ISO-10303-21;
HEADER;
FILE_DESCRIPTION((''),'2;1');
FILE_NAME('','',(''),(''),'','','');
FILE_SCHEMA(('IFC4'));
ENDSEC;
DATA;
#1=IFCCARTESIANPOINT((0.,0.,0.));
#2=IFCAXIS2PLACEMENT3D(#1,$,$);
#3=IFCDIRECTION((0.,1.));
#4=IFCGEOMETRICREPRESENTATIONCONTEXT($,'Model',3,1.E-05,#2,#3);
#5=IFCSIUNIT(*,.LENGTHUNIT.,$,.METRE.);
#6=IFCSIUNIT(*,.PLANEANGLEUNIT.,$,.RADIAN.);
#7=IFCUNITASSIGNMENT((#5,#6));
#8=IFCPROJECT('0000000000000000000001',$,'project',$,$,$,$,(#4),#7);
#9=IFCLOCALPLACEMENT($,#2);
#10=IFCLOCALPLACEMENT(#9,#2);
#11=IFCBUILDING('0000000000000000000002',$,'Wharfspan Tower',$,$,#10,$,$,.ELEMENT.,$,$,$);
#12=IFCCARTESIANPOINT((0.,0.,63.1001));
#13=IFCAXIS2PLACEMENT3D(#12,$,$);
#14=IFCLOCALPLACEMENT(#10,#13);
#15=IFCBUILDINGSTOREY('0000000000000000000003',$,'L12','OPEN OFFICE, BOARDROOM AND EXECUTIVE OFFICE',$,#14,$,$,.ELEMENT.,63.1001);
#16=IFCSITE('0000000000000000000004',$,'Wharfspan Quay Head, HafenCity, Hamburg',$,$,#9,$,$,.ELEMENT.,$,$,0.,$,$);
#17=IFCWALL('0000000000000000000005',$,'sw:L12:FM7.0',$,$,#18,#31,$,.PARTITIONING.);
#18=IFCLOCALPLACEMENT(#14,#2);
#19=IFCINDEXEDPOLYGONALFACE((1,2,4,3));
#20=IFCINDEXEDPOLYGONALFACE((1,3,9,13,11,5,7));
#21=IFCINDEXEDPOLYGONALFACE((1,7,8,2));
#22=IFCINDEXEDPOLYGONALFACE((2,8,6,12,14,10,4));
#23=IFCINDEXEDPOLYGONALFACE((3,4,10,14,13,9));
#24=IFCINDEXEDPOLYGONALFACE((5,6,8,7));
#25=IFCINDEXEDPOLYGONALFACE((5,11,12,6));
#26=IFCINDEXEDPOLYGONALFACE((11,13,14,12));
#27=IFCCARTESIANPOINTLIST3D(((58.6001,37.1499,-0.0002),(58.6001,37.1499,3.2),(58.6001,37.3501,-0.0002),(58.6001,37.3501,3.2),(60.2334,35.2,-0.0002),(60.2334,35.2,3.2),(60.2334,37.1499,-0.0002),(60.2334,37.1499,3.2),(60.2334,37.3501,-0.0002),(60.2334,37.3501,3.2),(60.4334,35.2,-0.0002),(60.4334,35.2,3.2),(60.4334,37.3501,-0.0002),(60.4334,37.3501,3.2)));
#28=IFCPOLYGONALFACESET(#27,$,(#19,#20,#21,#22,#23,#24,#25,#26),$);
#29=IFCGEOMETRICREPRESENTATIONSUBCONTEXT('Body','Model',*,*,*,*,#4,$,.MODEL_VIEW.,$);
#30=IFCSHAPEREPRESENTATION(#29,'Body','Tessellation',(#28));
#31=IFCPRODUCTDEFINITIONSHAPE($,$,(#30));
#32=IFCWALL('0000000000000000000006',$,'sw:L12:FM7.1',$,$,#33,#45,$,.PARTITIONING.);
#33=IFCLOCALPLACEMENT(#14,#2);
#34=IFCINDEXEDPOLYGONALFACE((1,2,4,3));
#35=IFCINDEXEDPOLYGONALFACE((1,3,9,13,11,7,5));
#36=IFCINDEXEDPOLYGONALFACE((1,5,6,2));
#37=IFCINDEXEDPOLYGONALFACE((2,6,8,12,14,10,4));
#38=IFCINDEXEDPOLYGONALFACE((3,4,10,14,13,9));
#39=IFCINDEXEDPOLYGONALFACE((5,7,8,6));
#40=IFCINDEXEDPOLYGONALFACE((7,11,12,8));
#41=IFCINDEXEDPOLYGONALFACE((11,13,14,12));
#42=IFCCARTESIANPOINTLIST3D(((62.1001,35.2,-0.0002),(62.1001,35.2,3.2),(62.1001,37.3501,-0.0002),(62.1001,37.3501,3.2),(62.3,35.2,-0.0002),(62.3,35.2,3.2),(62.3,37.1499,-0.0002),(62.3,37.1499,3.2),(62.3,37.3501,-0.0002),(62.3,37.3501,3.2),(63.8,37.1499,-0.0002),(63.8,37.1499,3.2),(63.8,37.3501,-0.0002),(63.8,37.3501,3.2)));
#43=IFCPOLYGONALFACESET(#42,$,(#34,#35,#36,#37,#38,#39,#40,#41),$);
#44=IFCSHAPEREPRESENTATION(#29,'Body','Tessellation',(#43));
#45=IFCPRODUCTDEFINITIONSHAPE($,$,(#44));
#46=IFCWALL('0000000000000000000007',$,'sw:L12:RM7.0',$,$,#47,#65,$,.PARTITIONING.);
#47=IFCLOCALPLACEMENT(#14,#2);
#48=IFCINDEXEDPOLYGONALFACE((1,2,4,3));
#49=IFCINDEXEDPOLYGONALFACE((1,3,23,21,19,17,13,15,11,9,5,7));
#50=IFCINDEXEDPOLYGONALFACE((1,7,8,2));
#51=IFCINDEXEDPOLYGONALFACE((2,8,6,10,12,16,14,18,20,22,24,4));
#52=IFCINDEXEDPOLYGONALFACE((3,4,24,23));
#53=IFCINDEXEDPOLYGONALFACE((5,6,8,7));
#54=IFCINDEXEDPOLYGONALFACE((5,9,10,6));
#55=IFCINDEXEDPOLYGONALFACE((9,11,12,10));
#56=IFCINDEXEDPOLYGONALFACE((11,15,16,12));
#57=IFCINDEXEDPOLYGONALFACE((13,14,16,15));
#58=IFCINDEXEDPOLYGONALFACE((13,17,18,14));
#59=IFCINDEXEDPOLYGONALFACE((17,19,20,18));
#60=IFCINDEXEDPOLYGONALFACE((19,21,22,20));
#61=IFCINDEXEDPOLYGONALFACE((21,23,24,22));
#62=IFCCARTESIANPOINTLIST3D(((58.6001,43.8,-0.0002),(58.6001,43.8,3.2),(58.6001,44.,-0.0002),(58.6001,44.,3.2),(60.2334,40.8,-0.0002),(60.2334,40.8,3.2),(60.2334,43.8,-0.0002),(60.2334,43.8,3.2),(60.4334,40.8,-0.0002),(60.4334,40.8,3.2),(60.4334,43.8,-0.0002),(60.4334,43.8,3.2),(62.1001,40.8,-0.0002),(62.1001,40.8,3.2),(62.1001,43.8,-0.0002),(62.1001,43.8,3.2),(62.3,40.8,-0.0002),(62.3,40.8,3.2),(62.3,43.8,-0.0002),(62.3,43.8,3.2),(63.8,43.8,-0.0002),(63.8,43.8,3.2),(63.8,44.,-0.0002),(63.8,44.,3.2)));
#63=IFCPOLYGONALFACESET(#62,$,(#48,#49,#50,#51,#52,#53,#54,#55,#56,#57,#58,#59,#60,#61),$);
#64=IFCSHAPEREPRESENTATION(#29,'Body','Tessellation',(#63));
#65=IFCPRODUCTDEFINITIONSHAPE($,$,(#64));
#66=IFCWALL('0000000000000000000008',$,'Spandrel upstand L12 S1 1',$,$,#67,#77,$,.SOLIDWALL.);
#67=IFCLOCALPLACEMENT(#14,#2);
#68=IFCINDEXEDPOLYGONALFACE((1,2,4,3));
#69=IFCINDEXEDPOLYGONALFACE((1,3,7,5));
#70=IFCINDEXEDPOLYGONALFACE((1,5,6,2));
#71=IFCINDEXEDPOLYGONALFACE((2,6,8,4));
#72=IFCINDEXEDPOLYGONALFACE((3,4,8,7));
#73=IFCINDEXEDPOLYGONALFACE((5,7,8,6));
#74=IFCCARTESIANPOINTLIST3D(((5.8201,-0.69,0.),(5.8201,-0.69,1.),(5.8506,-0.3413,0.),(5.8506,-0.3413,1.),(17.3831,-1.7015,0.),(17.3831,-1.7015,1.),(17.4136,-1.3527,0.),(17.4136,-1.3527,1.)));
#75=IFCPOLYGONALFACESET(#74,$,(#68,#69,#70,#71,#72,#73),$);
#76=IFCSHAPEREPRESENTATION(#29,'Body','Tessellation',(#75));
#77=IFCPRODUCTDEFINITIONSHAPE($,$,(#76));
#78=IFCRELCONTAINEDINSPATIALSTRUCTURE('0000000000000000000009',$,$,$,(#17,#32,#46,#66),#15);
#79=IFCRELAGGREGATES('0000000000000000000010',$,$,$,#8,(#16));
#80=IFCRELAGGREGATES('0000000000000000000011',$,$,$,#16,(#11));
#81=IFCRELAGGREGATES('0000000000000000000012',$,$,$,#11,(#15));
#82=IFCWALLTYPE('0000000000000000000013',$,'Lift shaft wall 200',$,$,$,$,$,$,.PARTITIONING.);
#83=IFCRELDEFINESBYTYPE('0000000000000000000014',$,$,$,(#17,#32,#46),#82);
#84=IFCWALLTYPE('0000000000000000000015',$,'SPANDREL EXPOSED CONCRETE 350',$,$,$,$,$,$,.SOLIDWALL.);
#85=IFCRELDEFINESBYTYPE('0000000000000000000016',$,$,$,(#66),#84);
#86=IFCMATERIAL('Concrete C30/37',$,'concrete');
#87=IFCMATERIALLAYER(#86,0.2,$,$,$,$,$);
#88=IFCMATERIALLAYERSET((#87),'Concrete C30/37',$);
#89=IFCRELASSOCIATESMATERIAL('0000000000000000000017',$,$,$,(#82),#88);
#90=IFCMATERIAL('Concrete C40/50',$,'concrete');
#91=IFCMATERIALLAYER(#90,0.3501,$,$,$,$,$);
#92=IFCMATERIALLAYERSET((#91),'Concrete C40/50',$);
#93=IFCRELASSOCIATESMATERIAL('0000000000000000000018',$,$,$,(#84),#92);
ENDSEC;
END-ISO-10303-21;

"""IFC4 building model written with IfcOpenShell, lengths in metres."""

from ifc_helpers import new_model, si_unit, direction, frame, frame_2d, origin, place, context, subcontext, project, spatial, polyline, rectangle, outline, extrude, material, layer, layer_set, type_object, element, save


model = new_model("IFC4")

# Units and contexts
model_context = context("Model", 3, precision=1e-05, world=origin(), true_north=direction((0.0, 1.0)))
body_context = subcontext(model_context, "Body", "Model", "MODEL_VIEW")
ifc_project = project(units=[si_unit("LENGTHUNIT", "METRE"), si_unit("PLANEANGLEUNIT", "RADIAN")], contexts=[model_context])

# Site, building, storey
site_placement = place(None, origin())
site = spatial("IfcSite", under=ifc_project, at=site_placement, Name="Wharfspan Quay Head, HafenCity, Hamburg", CompositionType="ELEMENT", RefElevation=0.0)
building_placement = place(site_placement, origin())
building = spatial("IfcBuilding", under=site, at=building_placement, Name="Wharfspan Tower", CompositionType="ELEMENT")
storey_placement = place(building_placement, frame((0.0, 0.0, 63.1001)))
storey = spatial("IfcBuildingStorey", under=building, at=storey_placement, Name="L12", Description="OPEN OFFICE, BOARDROOM AND EXECUTIVE OFFICE", CompositionType="ELEMENT", Elevation=63.1001)

# Shared definitions
ifc_material_1 = material(Name="Concrete C40/50", Category="concrete")

# Walls
ifc_material_2 = material(Name="Concrete C30/37", Category="concrete")
ifc_layer_1 = layer(ifc_material_2, 0.2)
ifc_layer_set_1 = layer_set([ifc_layer_1], Name="Concrete C30/37")
wall_type_1 = type_object("IfcWallType", Name="Lift shaft wall 200", PredefinedType="PARTITIONING", material=ifc_layer_set_1)
wall_1_placement = place(storey_placement, frame((0.0, 0.0, -0.0002)))
element("IfcWall", 1, at=wall_1_placement, inside=storey, type_object=wall_type_1, Name="sw:L12:FM7.0", PredefinedType="PARTITIONING", context=body_context, shape_type="SweptSolid", body=[
    extrude(outline(polyline([(60.2334, 37.1499), (58.6001, 37.1499), (58.6001, 37.3501), (60.2334, 37.3501), (60.4333, 37.3501), (60.4333, 35.2), (60.2334, 35.2), (60.2334, 37.1499)])), origin(), (0.0, 0.0, 1.0), 3.2002),
])
wall_2_placement = place(storey_placement, frame((0.0, 0.0, -0.0002)))
element("IfcWall", 2, at=wall_2_placement, inside=storey, type_object=wall_type_1, Name="sw:L12:FM7.1", PredefinedType="PARTITIONING", context=body_context, shape_type="SweptSolid", body=[
    extrude(outline(polyline([(62.1001, 37.3501), (62.3, 37.3501), (63.8, 37.3501), (63.8, 37.1499), (62.3, 37.1499), (62.3, 35.2), (62.1001, 35.2), (62.1001, 37.3501)])), origin(), (0.0, 0.0, 1.0), 3.2002),
])
wall_3_placement = place(storey_placement, frame((0.0, 0.0, -0.0002)))
element("IfcWall", 3, at=wall_3_placement, inside=storey, type_object=wall_type_1, Name="sw:L12:RM7.0", PredefinedType="PARTITIONING", context=body_context, shape_type="SweptSolid", body=[
    extrude(outline(polyline([(60.4333, 40.8), (60.2334, 40.8), (60.2334, 43.8), (58.6001, 43.8), (58.6001, 44.0), (63.8, 44.0), (63.8, 43.8), (62.3, 43.8), (62.3, 40.8), (62.1001, 40.8), (62.1001, 43.8), (60.4333, 43.8), (60.4333, 40.8)])), origin(), (0.0, 0.0, 1.0), 3.2002),
])
ifc_layer_2 = layer(ifc_material_1, 0.3501)
ifc_layer_set_2 = layer_set([ifc_layer_2], Name="Concrete C40/50")
wall_type_2 = type_object("IfcWallType", Name="SPANDREL EXPOSED CONCRETE 350", PredefinedType="SOLIDWALL", material=ifc_layer_set_2)
wall_4_placement = place(storey_placement, frame((5.8352, -0.5156, 0.0), z_axis=(0.0, 0.0, 1.0), x_axis=(0.996192, -0.087142, 0.0)))
element("IfcWall", 4, at=wall_4_placement, inside=storey, type_object=wall_type_2, Name="Spandrel upstand L12 S1 1", PredefinedType="SOLIDWALL", context=body_context, shape_type="SweptSolid", body=[
    extrude(rectangle(XDim=11.6072, YDim=0.3501, at=frame_2d((5.8037, 0.0))), origin(), (0.0, 0.0, 1.0), 1.0),
])

save(model, "model.ifc")
